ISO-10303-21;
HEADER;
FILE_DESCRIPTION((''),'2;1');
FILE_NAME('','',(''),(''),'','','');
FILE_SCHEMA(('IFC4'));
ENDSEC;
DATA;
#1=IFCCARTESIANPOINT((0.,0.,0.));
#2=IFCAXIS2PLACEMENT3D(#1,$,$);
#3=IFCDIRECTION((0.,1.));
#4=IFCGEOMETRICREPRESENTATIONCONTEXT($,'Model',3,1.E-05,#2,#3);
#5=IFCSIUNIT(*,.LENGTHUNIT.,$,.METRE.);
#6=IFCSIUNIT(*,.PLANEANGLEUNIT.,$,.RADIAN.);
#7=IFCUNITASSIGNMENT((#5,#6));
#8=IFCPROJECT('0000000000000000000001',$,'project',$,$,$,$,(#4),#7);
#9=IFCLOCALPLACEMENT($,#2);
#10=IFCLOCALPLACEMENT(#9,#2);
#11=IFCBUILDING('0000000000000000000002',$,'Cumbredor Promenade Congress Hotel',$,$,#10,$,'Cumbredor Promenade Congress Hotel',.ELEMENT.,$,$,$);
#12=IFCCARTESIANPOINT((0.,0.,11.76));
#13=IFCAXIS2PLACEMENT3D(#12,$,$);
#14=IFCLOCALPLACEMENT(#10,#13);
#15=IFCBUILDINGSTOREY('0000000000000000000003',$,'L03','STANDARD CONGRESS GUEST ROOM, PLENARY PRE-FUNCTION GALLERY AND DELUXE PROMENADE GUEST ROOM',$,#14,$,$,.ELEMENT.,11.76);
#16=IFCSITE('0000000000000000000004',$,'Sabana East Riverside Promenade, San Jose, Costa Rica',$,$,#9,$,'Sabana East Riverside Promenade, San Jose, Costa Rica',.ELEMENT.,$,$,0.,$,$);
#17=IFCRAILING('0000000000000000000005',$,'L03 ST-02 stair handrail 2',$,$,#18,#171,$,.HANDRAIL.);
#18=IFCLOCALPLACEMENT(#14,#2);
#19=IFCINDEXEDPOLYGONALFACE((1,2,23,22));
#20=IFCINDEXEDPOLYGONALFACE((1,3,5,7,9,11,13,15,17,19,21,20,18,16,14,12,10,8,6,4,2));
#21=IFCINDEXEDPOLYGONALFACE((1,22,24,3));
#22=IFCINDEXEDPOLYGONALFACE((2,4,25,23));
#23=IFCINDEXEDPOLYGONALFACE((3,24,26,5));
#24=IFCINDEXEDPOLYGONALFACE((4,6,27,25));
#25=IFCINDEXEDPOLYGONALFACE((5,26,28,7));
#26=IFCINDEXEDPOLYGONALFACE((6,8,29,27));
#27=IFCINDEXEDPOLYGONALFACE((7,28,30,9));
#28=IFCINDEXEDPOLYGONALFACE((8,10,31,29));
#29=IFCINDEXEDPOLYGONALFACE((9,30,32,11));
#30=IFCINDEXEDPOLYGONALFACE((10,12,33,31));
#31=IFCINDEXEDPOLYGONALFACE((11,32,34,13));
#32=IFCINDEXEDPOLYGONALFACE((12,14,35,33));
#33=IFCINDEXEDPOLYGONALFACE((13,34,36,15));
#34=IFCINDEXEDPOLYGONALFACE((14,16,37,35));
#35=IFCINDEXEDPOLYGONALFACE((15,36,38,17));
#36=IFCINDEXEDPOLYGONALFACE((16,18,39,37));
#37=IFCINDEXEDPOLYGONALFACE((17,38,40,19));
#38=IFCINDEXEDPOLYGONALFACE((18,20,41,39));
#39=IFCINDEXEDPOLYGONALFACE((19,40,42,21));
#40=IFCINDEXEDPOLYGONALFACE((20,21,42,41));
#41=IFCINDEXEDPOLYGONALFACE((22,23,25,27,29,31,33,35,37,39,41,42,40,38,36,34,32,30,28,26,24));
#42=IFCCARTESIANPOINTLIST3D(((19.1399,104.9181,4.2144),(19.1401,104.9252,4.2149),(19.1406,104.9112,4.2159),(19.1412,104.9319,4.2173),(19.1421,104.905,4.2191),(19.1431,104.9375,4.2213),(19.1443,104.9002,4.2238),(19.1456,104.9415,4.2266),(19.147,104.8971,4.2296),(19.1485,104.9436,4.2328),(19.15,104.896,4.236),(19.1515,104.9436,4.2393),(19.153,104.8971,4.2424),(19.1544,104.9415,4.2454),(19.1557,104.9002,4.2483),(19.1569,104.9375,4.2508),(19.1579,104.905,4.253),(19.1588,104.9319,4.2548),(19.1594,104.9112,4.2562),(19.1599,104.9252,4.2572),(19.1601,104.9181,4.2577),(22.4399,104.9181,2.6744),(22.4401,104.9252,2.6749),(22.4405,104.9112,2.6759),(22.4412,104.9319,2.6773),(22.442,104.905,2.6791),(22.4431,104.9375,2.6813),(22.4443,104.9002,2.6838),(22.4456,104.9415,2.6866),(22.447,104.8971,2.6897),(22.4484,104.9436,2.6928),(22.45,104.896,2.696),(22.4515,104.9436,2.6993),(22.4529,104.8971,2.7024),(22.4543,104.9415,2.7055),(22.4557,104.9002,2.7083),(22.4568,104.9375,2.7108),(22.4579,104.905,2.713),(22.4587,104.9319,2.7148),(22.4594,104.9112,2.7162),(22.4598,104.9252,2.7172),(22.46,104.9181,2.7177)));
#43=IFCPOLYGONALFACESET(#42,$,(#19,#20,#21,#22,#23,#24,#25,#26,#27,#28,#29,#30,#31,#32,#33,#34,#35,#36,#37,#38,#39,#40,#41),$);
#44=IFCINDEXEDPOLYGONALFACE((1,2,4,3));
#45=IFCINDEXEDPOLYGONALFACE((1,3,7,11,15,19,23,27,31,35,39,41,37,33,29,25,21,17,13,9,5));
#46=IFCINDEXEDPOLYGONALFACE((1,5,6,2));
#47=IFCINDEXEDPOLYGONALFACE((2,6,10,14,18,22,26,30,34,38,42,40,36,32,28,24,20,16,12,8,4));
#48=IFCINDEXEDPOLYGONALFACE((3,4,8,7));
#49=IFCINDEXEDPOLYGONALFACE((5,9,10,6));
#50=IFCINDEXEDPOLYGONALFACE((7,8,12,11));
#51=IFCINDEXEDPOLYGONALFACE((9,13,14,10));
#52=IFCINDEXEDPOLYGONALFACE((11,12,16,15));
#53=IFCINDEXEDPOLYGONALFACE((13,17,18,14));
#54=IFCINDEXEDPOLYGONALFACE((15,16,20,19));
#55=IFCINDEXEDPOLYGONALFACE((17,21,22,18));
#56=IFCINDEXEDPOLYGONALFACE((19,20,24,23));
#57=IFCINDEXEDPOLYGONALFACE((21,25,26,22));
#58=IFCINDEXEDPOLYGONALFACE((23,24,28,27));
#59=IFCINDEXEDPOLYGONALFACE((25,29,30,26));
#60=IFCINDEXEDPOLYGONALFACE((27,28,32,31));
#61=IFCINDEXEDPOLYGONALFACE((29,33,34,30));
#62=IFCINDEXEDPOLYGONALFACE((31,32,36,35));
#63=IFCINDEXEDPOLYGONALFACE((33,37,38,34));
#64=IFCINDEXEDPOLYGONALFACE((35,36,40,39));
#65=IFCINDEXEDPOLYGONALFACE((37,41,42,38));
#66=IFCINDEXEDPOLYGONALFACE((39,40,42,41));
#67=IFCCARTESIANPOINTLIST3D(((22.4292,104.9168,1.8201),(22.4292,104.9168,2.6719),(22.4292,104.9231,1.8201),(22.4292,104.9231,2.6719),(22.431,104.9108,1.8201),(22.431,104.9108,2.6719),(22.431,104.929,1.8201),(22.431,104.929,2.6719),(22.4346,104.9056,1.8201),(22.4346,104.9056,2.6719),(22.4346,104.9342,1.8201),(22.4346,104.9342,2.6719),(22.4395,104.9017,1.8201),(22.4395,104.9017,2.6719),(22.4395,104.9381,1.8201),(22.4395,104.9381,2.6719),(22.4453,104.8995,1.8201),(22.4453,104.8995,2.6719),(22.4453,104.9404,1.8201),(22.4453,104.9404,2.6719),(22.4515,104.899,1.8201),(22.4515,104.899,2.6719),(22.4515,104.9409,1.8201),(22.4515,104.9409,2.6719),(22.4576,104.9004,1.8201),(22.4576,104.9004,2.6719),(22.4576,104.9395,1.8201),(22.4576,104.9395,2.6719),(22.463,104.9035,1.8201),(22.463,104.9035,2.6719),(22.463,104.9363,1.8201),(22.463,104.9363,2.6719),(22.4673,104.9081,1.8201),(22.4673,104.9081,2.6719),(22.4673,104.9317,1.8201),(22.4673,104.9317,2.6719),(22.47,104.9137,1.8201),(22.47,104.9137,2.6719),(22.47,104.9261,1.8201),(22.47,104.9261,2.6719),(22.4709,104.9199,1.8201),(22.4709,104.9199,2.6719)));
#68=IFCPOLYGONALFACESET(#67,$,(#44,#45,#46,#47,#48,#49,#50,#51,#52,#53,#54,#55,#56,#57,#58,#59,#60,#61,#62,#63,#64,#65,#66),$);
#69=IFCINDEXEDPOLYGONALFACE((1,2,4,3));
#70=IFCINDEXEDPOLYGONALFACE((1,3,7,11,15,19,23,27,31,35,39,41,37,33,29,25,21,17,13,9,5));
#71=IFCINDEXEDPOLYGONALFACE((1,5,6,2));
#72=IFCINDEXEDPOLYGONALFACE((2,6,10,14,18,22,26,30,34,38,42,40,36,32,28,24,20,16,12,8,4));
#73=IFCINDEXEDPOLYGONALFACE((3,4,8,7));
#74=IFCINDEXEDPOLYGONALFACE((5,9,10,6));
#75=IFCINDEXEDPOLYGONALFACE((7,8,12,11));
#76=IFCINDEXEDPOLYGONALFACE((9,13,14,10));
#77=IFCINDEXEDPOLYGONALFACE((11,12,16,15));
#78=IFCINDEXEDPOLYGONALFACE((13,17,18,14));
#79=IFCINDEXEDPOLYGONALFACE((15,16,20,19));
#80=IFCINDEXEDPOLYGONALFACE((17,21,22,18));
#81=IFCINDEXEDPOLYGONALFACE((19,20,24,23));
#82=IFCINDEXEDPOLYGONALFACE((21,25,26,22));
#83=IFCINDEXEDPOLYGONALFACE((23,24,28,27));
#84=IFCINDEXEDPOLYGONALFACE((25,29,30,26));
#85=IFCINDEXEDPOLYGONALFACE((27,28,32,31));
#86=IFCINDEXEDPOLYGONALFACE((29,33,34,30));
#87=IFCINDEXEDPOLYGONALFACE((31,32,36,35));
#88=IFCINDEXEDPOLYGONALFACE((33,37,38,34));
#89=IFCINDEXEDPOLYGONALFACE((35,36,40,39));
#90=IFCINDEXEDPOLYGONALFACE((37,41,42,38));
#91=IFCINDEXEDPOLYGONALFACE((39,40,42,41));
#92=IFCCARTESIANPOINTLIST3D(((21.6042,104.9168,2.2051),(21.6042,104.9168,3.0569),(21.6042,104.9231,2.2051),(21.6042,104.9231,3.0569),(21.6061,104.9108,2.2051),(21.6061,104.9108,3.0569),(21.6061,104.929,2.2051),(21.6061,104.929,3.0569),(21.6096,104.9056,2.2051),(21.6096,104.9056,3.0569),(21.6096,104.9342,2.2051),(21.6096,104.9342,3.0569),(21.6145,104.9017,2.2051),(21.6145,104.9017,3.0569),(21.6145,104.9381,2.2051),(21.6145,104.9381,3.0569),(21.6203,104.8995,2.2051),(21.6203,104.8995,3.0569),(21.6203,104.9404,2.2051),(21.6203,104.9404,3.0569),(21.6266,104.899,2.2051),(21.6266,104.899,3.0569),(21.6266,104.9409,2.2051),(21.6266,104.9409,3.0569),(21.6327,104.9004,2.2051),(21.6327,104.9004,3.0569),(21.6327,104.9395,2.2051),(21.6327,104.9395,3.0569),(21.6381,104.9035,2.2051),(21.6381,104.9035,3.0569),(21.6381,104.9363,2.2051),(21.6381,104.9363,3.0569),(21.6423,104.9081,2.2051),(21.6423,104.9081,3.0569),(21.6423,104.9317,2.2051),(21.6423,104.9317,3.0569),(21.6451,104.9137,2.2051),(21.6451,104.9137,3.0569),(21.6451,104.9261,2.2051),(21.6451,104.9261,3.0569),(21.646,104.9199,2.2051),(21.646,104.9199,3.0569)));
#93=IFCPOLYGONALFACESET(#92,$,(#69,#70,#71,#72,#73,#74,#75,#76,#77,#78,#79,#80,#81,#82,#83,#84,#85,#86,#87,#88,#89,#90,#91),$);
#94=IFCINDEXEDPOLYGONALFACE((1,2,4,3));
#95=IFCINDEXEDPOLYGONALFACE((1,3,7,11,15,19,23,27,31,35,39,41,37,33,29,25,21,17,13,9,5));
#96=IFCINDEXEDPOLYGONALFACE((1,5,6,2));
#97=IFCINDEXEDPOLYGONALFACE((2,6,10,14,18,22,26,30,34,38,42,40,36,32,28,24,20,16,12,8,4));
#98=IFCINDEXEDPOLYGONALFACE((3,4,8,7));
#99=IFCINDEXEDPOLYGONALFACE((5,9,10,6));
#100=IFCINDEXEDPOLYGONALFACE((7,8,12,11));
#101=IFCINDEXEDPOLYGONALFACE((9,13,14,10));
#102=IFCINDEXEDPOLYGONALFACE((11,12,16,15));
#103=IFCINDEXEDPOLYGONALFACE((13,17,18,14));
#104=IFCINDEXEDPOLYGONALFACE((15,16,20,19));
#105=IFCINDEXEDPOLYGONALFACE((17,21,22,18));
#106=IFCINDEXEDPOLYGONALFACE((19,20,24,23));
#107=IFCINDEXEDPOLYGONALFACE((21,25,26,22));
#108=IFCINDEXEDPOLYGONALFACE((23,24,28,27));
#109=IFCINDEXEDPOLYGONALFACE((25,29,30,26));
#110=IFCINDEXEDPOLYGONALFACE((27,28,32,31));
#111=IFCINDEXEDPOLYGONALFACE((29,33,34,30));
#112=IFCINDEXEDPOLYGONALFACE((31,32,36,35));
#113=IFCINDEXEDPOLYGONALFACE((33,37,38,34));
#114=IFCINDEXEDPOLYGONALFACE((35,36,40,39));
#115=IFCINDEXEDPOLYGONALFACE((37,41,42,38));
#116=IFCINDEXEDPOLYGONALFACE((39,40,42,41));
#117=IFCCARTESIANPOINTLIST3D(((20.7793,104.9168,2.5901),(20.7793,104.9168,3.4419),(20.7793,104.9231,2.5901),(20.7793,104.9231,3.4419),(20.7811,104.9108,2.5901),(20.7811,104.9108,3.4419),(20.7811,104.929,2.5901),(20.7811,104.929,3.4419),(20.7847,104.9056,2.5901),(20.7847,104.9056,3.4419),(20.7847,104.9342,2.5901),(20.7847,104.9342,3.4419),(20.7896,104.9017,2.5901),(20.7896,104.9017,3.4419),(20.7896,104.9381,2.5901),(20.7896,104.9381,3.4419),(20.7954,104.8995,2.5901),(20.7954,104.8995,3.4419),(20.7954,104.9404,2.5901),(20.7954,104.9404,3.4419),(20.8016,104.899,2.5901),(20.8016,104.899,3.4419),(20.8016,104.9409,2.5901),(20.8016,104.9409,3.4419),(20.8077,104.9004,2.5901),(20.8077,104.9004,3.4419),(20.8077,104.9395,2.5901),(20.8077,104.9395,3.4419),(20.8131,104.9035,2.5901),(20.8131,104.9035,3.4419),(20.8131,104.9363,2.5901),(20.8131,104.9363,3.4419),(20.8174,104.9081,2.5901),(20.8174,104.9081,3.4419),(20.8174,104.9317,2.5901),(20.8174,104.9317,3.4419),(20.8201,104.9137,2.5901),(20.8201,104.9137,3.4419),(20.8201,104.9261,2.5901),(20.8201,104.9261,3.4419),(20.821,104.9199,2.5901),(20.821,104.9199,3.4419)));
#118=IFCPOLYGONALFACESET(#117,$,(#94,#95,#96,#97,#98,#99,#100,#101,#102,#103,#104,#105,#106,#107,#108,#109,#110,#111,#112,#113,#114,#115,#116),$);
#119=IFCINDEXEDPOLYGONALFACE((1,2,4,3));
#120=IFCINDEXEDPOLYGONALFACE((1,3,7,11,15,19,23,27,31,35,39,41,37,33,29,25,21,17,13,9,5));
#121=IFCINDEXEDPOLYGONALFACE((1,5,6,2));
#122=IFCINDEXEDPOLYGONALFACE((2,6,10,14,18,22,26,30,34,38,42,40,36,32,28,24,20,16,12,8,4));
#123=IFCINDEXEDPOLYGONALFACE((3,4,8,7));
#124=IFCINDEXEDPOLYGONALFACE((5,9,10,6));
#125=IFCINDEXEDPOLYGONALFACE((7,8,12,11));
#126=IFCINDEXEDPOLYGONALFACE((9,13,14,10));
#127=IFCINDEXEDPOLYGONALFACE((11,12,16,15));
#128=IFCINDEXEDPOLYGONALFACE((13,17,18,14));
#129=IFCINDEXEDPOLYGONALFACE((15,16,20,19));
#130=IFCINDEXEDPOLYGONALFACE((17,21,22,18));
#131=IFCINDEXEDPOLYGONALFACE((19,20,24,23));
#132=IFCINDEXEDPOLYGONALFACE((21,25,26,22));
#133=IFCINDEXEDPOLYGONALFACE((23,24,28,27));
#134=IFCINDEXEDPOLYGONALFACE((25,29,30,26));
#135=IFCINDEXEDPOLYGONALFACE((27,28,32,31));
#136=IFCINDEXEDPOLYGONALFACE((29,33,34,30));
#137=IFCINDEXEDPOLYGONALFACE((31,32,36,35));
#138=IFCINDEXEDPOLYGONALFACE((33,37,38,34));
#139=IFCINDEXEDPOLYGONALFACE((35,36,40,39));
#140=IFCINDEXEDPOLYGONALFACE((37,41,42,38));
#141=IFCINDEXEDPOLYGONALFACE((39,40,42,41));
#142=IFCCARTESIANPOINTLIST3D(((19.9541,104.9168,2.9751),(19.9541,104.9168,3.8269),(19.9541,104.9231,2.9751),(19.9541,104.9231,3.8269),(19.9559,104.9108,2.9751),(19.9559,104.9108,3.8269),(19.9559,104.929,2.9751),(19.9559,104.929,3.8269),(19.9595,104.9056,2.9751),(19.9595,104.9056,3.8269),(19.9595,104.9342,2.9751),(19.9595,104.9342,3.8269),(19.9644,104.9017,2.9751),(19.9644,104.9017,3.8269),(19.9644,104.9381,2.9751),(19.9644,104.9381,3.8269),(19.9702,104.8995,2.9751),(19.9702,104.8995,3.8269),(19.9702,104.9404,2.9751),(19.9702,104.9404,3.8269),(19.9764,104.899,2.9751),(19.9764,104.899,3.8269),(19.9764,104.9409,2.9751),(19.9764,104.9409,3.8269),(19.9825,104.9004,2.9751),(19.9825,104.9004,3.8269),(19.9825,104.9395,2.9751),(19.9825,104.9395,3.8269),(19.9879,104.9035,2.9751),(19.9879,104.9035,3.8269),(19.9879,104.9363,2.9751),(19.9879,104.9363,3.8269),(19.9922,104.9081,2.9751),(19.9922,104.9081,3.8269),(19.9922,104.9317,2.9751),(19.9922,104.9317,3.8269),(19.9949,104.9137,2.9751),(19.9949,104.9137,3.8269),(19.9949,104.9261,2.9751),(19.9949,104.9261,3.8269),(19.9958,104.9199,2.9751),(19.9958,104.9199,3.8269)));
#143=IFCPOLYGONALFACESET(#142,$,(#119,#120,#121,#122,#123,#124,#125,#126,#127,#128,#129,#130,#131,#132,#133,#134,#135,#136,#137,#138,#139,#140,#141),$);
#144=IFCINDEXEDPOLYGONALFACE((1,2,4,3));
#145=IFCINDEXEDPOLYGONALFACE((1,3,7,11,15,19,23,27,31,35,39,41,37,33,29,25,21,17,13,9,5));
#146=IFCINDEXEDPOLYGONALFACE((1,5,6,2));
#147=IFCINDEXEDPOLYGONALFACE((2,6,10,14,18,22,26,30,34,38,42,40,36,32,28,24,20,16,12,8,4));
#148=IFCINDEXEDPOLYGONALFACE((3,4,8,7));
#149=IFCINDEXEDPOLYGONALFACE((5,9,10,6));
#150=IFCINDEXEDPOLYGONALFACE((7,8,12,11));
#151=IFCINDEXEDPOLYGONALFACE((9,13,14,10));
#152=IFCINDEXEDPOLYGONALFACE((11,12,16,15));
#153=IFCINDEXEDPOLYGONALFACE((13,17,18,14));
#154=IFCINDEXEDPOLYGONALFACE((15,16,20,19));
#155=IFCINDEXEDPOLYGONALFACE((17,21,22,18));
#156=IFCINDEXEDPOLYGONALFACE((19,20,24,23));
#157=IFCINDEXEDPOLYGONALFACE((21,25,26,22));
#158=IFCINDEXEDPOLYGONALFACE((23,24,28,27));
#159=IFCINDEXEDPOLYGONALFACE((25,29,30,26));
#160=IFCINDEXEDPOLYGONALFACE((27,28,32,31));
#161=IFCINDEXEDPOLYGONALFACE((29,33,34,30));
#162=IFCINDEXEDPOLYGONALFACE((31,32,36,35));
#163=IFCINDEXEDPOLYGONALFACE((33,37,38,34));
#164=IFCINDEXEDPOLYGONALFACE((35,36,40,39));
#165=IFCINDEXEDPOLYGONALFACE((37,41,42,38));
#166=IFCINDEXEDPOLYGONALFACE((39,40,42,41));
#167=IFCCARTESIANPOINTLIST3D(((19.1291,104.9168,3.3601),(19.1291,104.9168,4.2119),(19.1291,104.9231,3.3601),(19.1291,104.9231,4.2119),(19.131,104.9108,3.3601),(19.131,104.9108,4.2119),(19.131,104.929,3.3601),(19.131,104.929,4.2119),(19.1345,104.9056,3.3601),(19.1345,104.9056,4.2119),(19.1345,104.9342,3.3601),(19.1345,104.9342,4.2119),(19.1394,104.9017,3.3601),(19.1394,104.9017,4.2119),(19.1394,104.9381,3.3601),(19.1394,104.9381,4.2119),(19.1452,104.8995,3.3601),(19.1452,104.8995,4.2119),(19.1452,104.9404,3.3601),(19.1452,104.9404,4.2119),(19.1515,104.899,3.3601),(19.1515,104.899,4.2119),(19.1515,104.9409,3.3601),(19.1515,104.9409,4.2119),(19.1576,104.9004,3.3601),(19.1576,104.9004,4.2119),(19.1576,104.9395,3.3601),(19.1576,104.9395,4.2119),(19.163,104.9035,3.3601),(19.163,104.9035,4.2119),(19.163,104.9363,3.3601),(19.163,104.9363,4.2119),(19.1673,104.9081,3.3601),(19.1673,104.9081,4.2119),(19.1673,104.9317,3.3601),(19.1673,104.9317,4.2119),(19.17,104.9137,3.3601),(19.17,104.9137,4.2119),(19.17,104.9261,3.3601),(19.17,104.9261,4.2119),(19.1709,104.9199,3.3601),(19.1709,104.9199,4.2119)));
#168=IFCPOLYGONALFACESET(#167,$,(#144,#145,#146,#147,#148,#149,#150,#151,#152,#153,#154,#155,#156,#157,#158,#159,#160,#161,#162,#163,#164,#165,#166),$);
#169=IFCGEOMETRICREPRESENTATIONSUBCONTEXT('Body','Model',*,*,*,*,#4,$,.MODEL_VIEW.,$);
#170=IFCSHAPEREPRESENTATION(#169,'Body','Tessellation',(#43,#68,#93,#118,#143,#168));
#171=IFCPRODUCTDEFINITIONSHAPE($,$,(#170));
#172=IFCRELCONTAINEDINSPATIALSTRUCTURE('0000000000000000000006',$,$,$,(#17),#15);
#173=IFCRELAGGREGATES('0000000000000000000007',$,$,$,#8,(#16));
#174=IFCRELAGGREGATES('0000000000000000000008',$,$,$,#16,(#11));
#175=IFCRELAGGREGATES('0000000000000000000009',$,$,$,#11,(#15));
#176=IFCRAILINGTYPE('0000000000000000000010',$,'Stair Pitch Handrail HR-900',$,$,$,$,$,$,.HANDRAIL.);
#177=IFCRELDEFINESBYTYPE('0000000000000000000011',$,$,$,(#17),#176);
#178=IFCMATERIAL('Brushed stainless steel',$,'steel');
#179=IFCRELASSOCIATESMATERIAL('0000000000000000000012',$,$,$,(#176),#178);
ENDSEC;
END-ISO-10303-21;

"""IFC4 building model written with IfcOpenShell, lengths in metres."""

from ifc_helpers import new_model, si_unit, direction, frame, origin, origin_2d, place, context, subcontext, project, spatial, circle, extrude, material, type_object, element, save


model = new_model("IFC4")

# Units and contexts
model_context = context("Model", 3, precision=1e-05, world=origin(), true_north=direction((0.0, 1.0)))
body_context = subcontext(model_context, "Body", "Model", "MODEL_VIEW")
ifc_project = project(units=[si_unit("LENGTHUNIT", "METRE"), si_unit("PLANEANGLEUNIT", "RADIAN")], contexts=[model_context])

# Site, building, storey
site_placement = place(None, origin())
site = spatial("IfcSite", under=ifc_project, at=site_placement, Name="Sabana East Riverside Promenade, San Jose, Costa Rica", LongName="Sabana East Riverside Promenade, San Jose, Costa Rica", CompositionType="ELEMENT", RefElevation=0.0)
building_placement = place(site_placement, origin())
building = spatial("IfcBuilding", under=site, at=building_placement, Name="Cumbredor Promenade Congress Hotel", LongName="Cumbredor Promenade Congress Hotel", CompositionType="ELEMENT")
storey_placement = place(building_placement, frame((0.0, 0.0, 11.76)))
storey = spatial("IfcBuildingStorey", under=building, at=storey_placement, Name="L03", Description="STANDARD CONGRESS GUEST ROOM, PLENARY PRE-FUNCTION GALLERY AND DELUXE PROMENADE GUEST ROOM", CompositionType="ELEMENT", Elevation=11.76)

# Shared definitions
ifc_material_1 = material(Name="Brushed stainless steel", Category="steel")

# Railing
railing_type_1 = type_object("IfcRailingType", Name="Stair Pitch Handrail HR-900", PredefinedType="HANDRAIL", material=ifc_material_1)
railing_1_placement = place(storey_placement, frame((22.45, 104.9199, 1.8201)))
element("IfcRailing", 1, at=railing_1_placement, inside=storey, type_object=railing_type_1, Name="L03 ST-02 stair handrail 2", PredefinedType="HANDRAIL", context=body_context, shape_type="SweptSolid", body=[
    extrude(circle(Radius=0.0239, at=origin_2d()), frame((0.0, 0.0, 0.876), z_axis=(-0.906181, 0.0, 0.422889), x_axis=(0.0, -1.0, 0.0)), (0.0, 0.0, 1.0), 3.6416),
    extrude(circle(Radius=0.021, at=origin_2d()), origin(), (0.0, 0.0, 1.0), 0.8518),
    extrude(circle(Radius=0.021, at=origin_2d()), frame((-0.825, 0.0, 0.385)), (0.0, 0.0, 1.0), 0.8518),
    extrude(circle(Radius=0.021, at=origin_2d()), frame((-1.6499, 0.0, 0.77)), (0.0, 0.0, 1.0), 0.8518),
    extrude(circle(Radius=0.021, at=origin_2d()), frame((-2.4751, 0.0, 1.155)), (0.0, 0.0, 1.0), 0.8518),
    extrude(circle(Radius=0.021, at=origin_2d()), frame((-3.3, 0.0, 1.54)), (0.0, 0.0, 1.0), 0.8518),
])

save(model, "model.ifc")
